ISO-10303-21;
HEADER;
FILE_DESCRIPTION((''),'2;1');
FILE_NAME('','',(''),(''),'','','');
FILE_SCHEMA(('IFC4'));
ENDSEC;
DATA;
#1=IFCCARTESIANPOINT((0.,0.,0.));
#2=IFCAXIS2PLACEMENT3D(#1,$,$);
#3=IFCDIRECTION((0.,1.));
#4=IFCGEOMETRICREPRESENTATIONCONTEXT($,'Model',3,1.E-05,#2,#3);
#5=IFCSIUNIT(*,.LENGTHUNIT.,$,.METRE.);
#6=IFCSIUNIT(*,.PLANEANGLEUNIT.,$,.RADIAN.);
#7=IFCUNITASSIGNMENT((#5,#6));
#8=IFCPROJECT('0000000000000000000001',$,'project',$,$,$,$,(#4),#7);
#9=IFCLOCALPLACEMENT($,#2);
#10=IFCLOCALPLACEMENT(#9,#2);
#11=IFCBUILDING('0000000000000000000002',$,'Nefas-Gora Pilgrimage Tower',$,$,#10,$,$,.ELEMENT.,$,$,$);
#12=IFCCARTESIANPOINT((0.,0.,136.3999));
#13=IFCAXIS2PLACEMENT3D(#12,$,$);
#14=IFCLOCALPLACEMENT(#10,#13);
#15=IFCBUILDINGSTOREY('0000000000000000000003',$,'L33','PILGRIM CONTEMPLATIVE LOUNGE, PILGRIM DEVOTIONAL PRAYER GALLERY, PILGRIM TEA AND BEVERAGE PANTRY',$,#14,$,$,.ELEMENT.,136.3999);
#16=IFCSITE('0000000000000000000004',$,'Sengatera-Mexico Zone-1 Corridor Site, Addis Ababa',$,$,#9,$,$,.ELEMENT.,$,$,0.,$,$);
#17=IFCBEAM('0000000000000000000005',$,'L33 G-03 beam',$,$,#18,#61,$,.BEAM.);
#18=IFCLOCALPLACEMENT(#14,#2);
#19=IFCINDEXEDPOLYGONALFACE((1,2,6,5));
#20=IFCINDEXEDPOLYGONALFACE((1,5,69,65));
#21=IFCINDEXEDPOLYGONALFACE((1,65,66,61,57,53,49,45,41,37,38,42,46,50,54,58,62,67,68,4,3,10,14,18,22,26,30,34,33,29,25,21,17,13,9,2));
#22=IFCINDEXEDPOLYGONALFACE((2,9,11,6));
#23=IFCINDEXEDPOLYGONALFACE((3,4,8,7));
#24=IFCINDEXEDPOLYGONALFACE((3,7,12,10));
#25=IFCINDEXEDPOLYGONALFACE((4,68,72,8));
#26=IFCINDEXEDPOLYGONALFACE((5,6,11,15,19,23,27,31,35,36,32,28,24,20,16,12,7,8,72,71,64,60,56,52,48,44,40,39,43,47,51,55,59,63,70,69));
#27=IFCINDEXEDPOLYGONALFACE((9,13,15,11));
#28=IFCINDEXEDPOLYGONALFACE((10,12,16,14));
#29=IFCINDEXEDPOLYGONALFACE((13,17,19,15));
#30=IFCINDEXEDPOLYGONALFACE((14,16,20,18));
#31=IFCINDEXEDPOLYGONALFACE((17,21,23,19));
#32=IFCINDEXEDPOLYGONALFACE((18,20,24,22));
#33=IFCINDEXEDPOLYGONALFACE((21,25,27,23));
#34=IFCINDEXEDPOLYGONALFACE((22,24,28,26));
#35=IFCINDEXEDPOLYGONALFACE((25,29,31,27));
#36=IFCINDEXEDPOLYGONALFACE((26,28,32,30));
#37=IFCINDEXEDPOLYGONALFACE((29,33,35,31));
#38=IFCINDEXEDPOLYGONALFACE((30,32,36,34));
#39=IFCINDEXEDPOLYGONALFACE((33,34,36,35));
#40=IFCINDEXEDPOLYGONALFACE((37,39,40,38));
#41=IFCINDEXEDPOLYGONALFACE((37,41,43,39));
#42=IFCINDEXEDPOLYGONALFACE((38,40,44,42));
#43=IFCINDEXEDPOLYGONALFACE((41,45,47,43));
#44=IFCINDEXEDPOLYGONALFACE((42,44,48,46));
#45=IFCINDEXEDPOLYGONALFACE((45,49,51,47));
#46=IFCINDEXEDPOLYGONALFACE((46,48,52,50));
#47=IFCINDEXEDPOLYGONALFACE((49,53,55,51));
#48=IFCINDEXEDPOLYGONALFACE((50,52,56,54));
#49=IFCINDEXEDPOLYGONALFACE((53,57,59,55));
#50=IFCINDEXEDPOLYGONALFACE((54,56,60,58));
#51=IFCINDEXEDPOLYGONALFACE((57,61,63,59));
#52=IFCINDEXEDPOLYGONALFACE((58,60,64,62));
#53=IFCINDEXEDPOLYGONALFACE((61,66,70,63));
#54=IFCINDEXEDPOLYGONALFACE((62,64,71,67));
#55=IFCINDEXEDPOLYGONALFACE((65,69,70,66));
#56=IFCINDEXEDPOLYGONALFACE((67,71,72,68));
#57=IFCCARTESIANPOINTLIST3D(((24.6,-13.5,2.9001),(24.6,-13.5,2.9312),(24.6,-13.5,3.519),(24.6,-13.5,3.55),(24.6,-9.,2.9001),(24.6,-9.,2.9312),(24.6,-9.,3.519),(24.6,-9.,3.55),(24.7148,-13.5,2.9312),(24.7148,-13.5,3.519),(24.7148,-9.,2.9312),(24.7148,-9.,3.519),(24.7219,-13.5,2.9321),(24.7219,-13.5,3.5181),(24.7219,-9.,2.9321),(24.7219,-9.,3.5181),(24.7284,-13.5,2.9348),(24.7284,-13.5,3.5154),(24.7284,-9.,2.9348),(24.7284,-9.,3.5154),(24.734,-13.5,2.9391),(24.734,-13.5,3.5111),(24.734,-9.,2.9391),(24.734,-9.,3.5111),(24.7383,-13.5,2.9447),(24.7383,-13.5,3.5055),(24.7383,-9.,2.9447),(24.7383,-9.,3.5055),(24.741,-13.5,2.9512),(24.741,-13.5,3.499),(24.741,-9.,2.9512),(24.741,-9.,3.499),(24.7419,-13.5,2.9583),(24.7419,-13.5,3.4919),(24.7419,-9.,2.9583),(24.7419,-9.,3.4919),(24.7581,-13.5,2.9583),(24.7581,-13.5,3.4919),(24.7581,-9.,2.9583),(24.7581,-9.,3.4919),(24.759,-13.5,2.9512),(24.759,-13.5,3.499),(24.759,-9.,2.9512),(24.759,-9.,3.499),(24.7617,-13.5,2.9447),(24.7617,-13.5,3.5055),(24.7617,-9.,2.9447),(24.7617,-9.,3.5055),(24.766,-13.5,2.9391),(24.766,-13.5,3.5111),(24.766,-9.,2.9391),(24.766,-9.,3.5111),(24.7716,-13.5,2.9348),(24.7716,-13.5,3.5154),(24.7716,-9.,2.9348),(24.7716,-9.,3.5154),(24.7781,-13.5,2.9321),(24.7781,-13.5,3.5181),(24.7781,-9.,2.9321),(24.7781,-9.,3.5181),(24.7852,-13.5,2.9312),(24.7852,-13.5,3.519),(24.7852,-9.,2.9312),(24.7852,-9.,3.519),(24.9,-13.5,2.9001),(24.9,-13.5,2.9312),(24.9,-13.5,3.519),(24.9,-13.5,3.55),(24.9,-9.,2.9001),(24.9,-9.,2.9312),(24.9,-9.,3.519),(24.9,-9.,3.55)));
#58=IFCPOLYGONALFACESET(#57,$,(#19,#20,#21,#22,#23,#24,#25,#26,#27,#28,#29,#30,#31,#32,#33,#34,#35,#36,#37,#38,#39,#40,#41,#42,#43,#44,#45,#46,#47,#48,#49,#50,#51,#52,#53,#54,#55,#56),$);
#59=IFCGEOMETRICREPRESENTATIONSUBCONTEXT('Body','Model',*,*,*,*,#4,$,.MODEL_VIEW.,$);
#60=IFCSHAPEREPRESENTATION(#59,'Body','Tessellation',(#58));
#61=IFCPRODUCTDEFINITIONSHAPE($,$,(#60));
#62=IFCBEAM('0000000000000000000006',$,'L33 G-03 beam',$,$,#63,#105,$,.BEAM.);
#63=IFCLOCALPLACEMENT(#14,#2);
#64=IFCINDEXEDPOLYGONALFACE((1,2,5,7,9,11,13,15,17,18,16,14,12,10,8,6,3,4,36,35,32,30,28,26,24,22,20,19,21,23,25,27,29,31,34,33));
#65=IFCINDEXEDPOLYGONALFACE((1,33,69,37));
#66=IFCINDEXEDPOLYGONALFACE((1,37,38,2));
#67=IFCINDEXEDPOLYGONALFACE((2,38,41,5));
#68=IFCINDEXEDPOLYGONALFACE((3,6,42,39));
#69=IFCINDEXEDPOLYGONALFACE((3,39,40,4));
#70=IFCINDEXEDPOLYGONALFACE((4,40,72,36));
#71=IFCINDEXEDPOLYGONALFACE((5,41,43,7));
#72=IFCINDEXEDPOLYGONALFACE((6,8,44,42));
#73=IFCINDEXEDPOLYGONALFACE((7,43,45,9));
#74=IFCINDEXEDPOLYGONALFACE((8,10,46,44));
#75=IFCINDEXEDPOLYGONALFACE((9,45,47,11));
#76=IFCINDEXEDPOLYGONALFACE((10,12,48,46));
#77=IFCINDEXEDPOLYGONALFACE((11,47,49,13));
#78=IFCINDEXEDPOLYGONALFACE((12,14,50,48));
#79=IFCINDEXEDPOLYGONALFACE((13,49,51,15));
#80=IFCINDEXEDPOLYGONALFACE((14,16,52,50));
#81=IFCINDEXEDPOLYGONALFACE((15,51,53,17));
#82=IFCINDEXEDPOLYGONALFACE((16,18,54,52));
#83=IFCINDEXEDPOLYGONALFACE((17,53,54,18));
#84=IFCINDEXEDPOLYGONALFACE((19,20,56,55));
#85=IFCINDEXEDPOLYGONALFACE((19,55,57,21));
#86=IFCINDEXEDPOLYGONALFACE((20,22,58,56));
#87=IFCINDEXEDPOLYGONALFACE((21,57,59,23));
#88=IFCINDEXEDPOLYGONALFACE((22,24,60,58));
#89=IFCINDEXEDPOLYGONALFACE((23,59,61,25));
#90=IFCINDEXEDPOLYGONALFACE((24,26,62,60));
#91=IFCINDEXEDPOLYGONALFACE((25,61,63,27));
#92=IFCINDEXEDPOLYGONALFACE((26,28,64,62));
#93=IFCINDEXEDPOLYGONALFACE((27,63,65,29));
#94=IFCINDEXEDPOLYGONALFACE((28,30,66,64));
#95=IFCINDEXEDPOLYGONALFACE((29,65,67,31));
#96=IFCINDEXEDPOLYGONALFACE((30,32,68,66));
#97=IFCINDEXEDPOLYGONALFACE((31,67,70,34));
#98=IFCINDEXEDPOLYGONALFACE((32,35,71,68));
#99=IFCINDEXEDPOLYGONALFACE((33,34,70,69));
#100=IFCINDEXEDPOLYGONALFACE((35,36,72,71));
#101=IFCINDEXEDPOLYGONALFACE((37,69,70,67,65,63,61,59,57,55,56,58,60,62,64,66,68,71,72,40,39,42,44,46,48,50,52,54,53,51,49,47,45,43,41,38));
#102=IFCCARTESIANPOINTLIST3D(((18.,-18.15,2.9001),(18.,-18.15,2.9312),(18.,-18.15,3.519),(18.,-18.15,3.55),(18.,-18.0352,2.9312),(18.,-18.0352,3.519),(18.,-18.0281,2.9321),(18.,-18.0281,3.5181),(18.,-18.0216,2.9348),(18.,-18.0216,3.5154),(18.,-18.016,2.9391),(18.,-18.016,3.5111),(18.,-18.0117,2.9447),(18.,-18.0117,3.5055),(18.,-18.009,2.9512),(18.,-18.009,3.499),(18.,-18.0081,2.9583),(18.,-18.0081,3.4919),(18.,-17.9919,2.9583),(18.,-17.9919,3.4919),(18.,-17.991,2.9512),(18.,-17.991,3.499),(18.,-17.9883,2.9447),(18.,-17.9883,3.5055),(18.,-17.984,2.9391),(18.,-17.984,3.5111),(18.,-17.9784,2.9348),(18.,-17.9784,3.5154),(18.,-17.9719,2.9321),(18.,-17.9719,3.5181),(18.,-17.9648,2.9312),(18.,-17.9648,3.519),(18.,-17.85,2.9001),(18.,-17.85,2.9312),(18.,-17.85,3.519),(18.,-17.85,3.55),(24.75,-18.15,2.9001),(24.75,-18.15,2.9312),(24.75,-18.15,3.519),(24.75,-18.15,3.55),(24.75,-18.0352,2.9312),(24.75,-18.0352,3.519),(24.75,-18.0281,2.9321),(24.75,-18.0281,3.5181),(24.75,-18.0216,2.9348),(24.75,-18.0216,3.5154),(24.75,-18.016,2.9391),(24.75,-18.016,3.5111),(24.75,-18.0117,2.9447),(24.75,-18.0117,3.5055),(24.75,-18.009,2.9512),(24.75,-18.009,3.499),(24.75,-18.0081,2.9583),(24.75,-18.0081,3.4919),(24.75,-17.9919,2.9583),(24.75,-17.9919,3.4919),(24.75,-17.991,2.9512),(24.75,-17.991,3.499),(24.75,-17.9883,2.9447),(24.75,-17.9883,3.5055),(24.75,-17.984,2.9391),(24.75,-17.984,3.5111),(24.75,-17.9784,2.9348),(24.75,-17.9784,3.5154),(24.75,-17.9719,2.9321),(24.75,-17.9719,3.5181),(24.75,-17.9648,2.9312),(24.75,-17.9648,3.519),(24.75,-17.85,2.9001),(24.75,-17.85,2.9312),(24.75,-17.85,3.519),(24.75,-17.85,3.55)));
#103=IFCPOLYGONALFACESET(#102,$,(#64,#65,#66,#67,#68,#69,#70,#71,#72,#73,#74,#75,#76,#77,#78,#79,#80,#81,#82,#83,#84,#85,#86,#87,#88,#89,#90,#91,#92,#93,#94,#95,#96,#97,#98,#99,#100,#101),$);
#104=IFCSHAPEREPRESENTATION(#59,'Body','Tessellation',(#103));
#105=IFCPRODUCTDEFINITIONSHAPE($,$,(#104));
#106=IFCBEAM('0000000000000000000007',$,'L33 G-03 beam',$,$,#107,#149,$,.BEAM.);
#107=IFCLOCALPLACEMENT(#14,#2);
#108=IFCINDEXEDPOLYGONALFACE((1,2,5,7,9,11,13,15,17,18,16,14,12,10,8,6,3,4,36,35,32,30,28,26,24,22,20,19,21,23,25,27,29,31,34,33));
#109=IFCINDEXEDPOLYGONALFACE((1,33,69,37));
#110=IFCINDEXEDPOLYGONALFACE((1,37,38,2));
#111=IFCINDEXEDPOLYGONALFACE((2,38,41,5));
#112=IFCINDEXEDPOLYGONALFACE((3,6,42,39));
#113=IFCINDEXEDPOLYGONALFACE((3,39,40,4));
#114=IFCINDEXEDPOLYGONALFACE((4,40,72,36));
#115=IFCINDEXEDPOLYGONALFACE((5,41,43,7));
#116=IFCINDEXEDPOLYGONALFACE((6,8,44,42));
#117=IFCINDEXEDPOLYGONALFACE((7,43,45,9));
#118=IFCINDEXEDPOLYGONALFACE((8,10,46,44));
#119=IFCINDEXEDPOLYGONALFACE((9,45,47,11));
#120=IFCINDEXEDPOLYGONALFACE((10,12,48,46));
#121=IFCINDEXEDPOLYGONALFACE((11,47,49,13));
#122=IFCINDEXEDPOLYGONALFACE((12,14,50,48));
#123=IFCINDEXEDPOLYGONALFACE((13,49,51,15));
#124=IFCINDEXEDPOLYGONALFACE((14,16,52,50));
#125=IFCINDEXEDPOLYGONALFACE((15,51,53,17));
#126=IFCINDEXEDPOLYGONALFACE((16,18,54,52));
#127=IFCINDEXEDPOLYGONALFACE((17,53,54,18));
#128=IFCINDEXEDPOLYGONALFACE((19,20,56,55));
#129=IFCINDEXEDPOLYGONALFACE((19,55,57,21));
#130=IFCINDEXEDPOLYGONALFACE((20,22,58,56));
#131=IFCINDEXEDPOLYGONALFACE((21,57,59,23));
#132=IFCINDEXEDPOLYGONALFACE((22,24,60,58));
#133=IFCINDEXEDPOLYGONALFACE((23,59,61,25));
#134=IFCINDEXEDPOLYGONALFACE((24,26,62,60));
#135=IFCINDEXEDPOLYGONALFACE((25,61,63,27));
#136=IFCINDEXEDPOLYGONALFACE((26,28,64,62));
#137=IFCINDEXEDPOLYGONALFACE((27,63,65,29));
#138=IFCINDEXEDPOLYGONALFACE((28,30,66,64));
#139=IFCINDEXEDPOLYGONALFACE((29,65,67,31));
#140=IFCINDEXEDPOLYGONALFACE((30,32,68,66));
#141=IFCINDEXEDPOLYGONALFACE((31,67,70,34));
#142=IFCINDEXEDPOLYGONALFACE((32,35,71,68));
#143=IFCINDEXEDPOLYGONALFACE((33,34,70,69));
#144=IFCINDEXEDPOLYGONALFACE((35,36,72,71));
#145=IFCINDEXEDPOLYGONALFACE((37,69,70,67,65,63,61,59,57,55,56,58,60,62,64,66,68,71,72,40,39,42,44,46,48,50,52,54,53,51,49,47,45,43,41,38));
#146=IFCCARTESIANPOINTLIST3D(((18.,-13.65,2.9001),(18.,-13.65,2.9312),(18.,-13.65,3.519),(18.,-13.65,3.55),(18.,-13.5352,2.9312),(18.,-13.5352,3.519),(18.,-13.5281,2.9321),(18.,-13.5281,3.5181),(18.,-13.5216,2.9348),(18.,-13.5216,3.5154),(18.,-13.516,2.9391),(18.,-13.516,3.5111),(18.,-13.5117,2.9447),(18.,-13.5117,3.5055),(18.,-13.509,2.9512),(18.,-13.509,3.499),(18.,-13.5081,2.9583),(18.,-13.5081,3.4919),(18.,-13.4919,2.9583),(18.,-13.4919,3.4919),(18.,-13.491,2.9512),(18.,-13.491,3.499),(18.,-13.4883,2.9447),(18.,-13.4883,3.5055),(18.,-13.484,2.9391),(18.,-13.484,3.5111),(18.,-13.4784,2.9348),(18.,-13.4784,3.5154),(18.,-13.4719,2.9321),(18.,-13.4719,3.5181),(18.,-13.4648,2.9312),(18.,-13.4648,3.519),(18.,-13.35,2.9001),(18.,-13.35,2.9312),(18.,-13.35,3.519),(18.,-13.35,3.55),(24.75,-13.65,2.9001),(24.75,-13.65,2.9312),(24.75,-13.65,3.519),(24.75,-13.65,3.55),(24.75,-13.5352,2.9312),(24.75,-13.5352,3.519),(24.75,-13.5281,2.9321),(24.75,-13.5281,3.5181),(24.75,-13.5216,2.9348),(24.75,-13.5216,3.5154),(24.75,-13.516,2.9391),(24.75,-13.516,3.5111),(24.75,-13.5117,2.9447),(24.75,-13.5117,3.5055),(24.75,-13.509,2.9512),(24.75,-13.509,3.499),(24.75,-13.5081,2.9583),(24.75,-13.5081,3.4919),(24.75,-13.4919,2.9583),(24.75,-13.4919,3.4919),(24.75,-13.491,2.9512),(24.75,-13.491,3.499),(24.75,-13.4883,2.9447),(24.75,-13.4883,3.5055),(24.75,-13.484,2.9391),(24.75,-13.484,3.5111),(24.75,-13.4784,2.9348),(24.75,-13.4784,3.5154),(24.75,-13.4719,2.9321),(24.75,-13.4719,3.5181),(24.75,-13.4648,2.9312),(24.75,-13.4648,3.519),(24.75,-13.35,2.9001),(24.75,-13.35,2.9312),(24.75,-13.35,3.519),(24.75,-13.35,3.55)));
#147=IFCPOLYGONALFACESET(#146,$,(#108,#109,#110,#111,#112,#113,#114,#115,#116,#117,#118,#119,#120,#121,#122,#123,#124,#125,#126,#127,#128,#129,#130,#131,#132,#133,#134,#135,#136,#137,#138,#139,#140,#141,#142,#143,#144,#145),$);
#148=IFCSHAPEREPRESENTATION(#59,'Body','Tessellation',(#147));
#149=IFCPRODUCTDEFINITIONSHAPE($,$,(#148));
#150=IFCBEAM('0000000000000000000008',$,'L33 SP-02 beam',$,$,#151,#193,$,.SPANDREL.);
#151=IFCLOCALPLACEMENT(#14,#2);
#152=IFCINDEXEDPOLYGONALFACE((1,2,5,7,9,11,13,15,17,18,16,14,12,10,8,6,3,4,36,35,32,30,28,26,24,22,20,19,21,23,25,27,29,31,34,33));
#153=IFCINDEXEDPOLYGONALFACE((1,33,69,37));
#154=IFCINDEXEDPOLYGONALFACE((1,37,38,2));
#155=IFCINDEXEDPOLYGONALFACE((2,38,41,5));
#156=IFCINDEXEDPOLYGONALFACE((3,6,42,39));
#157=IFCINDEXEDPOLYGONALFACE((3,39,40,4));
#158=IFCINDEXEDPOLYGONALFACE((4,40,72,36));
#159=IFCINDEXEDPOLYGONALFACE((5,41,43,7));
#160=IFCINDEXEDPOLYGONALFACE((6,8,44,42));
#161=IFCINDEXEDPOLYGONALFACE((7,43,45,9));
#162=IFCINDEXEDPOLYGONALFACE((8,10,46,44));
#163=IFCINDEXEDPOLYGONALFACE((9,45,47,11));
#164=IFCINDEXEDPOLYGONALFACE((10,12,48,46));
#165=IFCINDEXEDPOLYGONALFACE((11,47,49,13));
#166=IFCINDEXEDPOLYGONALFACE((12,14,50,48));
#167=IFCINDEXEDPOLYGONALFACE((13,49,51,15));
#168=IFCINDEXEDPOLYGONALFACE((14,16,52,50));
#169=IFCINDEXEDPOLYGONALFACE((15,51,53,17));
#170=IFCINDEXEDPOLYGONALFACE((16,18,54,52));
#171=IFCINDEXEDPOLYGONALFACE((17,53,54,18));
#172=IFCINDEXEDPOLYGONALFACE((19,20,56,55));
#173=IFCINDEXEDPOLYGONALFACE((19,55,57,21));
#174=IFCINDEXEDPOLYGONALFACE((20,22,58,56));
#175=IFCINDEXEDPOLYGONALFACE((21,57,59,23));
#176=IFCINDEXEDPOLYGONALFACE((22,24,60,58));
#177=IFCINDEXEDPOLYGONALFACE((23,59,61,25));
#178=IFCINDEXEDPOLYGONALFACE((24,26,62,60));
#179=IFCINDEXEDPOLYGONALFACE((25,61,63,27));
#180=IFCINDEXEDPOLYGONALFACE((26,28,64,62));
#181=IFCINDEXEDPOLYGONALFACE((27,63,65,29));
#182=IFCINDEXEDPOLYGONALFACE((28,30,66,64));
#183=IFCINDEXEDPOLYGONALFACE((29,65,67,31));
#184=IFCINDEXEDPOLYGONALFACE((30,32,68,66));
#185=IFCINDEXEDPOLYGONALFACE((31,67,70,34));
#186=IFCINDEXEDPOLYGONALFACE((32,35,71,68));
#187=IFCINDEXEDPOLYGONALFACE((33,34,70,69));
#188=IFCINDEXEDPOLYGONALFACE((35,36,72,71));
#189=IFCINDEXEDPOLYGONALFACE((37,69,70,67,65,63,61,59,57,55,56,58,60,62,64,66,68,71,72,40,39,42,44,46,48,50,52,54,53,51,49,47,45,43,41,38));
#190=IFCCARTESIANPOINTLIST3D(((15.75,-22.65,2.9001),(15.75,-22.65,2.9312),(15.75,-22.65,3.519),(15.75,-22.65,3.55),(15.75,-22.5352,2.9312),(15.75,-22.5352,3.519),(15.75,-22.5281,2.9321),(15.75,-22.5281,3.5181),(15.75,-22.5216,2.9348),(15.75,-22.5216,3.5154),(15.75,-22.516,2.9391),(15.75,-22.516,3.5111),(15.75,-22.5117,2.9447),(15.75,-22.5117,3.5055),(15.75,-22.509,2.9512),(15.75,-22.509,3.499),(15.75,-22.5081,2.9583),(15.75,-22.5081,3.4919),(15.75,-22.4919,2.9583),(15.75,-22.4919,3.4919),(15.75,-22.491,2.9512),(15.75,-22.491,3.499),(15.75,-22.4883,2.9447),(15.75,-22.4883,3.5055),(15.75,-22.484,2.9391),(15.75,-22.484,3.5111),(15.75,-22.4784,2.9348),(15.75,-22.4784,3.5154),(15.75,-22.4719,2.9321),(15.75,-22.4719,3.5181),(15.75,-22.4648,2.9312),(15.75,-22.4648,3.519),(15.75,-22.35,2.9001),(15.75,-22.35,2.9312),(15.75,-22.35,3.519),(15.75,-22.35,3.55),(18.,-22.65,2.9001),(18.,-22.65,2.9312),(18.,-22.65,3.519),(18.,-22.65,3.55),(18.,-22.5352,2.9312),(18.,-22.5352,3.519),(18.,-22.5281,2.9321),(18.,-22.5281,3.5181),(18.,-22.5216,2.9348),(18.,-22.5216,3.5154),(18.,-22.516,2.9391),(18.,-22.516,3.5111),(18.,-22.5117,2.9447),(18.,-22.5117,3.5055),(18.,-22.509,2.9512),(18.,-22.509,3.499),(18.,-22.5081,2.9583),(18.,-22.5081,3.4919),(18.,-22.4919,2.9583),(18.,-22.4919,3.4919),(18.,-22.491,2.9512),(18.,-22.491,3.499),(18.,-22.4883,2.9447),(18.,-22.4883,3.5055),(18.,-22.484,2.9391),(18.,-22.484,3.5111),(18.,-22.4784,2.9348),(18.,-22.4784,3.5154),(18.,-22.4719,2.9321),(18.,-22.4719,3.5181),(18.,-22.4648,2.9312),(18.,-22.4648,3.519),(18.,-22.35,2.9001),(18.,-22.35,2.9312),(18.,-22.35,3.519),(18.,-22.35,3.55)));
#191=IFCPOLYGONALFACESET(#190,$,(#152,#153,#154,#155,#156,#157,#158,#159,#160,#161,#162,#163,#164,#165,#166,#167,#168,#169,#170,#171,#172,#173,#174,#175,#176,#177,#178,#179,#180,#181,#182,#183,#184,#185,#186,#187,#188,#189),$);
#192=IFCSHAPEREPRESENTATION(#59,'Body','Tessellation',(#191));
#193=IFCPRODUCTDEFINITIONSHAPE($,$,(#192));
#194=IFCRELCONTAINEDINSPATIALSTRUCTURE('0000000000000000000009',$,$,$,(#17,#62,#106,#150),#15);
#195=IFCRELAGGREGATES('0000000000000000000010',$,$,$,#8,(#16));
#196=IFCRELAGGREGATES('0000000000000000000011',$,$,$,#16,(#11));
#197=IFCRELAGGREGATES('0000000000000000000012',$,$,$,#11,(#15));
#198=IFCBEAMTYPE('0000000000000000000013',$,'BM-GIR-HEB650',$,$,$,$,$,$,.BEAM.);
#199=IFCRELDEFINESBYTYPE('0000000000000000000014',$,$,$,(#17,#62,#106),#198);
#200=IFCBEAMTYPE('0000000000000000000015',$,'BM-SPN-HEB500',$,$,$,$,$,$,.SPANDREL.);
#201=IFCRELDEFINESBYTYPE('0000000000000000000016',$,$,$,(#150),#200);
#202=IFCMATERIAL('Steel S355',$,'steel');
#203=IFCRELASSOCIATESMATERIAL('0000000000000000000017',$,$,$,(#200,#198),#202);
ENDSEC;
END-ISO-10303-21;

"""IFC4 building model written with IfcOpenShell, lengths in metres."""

from ifc_helpers import new_model, si_unit, direction, frame, origin, origin_2d, place, context, subcontext, project, spatial, i_section, extrude, source, transform, mapped, material, material_profile, profile_set, type_object, element, save


model = new_model("IFC4")

# Units and contexts
model_context = context("Model", 3, precision=1e-05, world=origin(), true_north=direction((0.0, 1.0)))
body_context = subcontext(model_context, "Body", "Model", "MODEL_VIEW")
ifc_project = project(units=[si_unit("LENGTHUNIT", "METRE"), si_unit("PLANEANGLEUNIT", "RADIAN")], contexts=[model_context])

# Site, building, storey
site_placement = place(None, origin())
site = spatial("IfcSite", under=ifc_project, at=site_placement, Name="Sengatera-Mexico Zone-1 Corridor Site, Addis Ababa", CompositionType="ELEMENT", RefElevation=0.0)
building_placement = place(site_placement, origin())
building = spatial("IfcBuilding", under=site, at=building_placement, Name="Nefas-Gora Pilgrimage Tower", CompositionType="ELEMENT")
storey_placement = place(building_placement, frame((0.0, 0.0, 136.3999)))
storey = spatial("IfcBuildingStorey", under=building, at=storey_placement, Name="L33", Description="PILGRIM CONTEMPLATIVE LOUNGE, PILGRIM DEVOTIONAL PRAYER GALLERY, PILGRIM TEA AND BEVERAGE PANTRY", CompositionType="ELEMENT", Elevation=136.3999)

# Beams
ifc_material_1 = material(Name="Steel S355", Category="steel")
ifc_material_profile_1 = material_profile(ifc_material_1, i_section(OverallWidth=0.3, OverallDepth=0.6499, WebThickness=0.0161, FlangeThickness=0.031, FilletRadius=0.0271, at=origin_2d()), Name="HEB 650")
ifc_profile_set_1 = profile_set([ifc_material_profile_1], Name="Steel S355")
beam_type_1 = type_object("IfcBeamType", Name="BM-SPN-HEB500", PredefinedType="SPANDREL", material=ifc_profile_set_1)
ifc_material_profile_2 = material_profile(ifc_material_1, i_section(OverallWidth=0.3, OverallDepth=0.6499, WebThickness=0.0161, FlangeThickness=0.031, FilletRadius=0.0271, at=origin_2d()), Name="HEB 650")
ifc_profile_set_2 = profile_set([ifc_material_profile_2], Name="Steel S355")
beam_type_2 = type_object("IfcBeamType", Name="BM-GIR-HEB650", PredefinedType="BEAM", material=ifc_profile_set_2)
shared_shape_1 = source(origin(), body_context, "Body", "SweptSolid", [
    extrude(i_section(OverallWidth=0.3, OverallDepth=0.6499, WebThickness=0.0161, FlangeThickness=0.031, FilletRadius=0.0271, at=origin_2d()), origin(), (0.0, 0.0, 1.0), 4.5),
])
for number, where, z_axis, x_axis, name in (
    (1, (24.75, -13.5, 3.2251), (0.0, 1.0, 0.0), (-1.0, 0.0, 0.0), "L33 G-03 beam"),
):
    element("IfcBeam", number, at=place(storey_placement, frame(where, z_axis=z_axis, x_axis=x_axis)), inside=storey, type_object=beam_type_2, Name=name, PredefinedType="BEAM", context=body_context, shape_type="MappedRepresentation", body=[
        mapped(shared_shape_1, transform((0.0, 0.0, 0.0), x_axis=(1.0, 0.0, 0.0), y_axis=(0.0, 1.0, 0.0), z_axis=(0.0, 0.0, 1.0), scale=1.0)),
    ])
shared_shape_2 = source(origin(), body_context, "Body", "SweptSolid", [
    extrude(i_section(OverallWidth=0.3, OverallDepth=0.6499, WebThickness=0.0161, FlangeThickness=0.031, FilletRadius=0.0271, at=origin_2d()), origin(), (0.0, 0.0, 1.0), 6.75),
])
for number, where, z_axis, x_axis, name in (
    (2, (18.0, -18.0, 3.2251), (1.0, 0.0, 0.0), (0.0, 1.0, 0.0), "L33 G-03 beam"),
    (3, (18.0, -13.5, 3.2251), (1.0, 0.0, 0.0), (0.0, 1.0, 0.0), "L33 G-03 beam"),
):
    element("IfcBeam", number, at=place(storey_placement, frame(where, z_axis=z_axis, x_axis=x_axis)), inside=storey, type_object=beam_type_2, Name=name, PredefinedType="BEAM", context=body_context, shape_type="MappedRepresentation", body=[
        mapped(shared_shape_2, transform((0.0, 0.0, 0.0), x_axis=(1.0, 0.0, 0.0), y_axis=(0.0, 1.0, 0.0), z_axis=(0.0, 0.0, 1.0), scale=1.0)),
    ])
shared_shape_3 = source(origin(), body_context, "Body", "SweptSolid", [
    extrude(i_section(OverallWidth=0.3, OverallDepth=0.6499, WebThickness=0.0161, FlangeThickness=0.031, FilletRadius=0.0271, at=origin_2d()), origin(), (0.0, 0.0, 1.0), 2.25),
])
for number, where, z_axis, x_axis, name in (
    (4, (15.75, -22.5, 3.2251), (1.0, 0.0, 0.0), (0.0, 1.0, 0.0), "L33 SP-02 beam"),
):
    element("IfcBeam", number, at=place(storey_placement, frame(where, z_axis=z_axis, x_axis=x_axis)), inside=storey, type_object=beam_type_1, Name=name, PredefinedType="SPANDREL", context=body_context, shape_type="MappedRepresentation", body=[
        mapped(shared_shape_3, transform((0.0, 0.0, 0.0), x_axis=(1.0, 0.0, 0.0), y_axis=(0.0, 1.0, 0.0), z_axis=(0.0, 0.0, 1.0), scale=1.0)),
    ])

save(model, "model.ifc")
